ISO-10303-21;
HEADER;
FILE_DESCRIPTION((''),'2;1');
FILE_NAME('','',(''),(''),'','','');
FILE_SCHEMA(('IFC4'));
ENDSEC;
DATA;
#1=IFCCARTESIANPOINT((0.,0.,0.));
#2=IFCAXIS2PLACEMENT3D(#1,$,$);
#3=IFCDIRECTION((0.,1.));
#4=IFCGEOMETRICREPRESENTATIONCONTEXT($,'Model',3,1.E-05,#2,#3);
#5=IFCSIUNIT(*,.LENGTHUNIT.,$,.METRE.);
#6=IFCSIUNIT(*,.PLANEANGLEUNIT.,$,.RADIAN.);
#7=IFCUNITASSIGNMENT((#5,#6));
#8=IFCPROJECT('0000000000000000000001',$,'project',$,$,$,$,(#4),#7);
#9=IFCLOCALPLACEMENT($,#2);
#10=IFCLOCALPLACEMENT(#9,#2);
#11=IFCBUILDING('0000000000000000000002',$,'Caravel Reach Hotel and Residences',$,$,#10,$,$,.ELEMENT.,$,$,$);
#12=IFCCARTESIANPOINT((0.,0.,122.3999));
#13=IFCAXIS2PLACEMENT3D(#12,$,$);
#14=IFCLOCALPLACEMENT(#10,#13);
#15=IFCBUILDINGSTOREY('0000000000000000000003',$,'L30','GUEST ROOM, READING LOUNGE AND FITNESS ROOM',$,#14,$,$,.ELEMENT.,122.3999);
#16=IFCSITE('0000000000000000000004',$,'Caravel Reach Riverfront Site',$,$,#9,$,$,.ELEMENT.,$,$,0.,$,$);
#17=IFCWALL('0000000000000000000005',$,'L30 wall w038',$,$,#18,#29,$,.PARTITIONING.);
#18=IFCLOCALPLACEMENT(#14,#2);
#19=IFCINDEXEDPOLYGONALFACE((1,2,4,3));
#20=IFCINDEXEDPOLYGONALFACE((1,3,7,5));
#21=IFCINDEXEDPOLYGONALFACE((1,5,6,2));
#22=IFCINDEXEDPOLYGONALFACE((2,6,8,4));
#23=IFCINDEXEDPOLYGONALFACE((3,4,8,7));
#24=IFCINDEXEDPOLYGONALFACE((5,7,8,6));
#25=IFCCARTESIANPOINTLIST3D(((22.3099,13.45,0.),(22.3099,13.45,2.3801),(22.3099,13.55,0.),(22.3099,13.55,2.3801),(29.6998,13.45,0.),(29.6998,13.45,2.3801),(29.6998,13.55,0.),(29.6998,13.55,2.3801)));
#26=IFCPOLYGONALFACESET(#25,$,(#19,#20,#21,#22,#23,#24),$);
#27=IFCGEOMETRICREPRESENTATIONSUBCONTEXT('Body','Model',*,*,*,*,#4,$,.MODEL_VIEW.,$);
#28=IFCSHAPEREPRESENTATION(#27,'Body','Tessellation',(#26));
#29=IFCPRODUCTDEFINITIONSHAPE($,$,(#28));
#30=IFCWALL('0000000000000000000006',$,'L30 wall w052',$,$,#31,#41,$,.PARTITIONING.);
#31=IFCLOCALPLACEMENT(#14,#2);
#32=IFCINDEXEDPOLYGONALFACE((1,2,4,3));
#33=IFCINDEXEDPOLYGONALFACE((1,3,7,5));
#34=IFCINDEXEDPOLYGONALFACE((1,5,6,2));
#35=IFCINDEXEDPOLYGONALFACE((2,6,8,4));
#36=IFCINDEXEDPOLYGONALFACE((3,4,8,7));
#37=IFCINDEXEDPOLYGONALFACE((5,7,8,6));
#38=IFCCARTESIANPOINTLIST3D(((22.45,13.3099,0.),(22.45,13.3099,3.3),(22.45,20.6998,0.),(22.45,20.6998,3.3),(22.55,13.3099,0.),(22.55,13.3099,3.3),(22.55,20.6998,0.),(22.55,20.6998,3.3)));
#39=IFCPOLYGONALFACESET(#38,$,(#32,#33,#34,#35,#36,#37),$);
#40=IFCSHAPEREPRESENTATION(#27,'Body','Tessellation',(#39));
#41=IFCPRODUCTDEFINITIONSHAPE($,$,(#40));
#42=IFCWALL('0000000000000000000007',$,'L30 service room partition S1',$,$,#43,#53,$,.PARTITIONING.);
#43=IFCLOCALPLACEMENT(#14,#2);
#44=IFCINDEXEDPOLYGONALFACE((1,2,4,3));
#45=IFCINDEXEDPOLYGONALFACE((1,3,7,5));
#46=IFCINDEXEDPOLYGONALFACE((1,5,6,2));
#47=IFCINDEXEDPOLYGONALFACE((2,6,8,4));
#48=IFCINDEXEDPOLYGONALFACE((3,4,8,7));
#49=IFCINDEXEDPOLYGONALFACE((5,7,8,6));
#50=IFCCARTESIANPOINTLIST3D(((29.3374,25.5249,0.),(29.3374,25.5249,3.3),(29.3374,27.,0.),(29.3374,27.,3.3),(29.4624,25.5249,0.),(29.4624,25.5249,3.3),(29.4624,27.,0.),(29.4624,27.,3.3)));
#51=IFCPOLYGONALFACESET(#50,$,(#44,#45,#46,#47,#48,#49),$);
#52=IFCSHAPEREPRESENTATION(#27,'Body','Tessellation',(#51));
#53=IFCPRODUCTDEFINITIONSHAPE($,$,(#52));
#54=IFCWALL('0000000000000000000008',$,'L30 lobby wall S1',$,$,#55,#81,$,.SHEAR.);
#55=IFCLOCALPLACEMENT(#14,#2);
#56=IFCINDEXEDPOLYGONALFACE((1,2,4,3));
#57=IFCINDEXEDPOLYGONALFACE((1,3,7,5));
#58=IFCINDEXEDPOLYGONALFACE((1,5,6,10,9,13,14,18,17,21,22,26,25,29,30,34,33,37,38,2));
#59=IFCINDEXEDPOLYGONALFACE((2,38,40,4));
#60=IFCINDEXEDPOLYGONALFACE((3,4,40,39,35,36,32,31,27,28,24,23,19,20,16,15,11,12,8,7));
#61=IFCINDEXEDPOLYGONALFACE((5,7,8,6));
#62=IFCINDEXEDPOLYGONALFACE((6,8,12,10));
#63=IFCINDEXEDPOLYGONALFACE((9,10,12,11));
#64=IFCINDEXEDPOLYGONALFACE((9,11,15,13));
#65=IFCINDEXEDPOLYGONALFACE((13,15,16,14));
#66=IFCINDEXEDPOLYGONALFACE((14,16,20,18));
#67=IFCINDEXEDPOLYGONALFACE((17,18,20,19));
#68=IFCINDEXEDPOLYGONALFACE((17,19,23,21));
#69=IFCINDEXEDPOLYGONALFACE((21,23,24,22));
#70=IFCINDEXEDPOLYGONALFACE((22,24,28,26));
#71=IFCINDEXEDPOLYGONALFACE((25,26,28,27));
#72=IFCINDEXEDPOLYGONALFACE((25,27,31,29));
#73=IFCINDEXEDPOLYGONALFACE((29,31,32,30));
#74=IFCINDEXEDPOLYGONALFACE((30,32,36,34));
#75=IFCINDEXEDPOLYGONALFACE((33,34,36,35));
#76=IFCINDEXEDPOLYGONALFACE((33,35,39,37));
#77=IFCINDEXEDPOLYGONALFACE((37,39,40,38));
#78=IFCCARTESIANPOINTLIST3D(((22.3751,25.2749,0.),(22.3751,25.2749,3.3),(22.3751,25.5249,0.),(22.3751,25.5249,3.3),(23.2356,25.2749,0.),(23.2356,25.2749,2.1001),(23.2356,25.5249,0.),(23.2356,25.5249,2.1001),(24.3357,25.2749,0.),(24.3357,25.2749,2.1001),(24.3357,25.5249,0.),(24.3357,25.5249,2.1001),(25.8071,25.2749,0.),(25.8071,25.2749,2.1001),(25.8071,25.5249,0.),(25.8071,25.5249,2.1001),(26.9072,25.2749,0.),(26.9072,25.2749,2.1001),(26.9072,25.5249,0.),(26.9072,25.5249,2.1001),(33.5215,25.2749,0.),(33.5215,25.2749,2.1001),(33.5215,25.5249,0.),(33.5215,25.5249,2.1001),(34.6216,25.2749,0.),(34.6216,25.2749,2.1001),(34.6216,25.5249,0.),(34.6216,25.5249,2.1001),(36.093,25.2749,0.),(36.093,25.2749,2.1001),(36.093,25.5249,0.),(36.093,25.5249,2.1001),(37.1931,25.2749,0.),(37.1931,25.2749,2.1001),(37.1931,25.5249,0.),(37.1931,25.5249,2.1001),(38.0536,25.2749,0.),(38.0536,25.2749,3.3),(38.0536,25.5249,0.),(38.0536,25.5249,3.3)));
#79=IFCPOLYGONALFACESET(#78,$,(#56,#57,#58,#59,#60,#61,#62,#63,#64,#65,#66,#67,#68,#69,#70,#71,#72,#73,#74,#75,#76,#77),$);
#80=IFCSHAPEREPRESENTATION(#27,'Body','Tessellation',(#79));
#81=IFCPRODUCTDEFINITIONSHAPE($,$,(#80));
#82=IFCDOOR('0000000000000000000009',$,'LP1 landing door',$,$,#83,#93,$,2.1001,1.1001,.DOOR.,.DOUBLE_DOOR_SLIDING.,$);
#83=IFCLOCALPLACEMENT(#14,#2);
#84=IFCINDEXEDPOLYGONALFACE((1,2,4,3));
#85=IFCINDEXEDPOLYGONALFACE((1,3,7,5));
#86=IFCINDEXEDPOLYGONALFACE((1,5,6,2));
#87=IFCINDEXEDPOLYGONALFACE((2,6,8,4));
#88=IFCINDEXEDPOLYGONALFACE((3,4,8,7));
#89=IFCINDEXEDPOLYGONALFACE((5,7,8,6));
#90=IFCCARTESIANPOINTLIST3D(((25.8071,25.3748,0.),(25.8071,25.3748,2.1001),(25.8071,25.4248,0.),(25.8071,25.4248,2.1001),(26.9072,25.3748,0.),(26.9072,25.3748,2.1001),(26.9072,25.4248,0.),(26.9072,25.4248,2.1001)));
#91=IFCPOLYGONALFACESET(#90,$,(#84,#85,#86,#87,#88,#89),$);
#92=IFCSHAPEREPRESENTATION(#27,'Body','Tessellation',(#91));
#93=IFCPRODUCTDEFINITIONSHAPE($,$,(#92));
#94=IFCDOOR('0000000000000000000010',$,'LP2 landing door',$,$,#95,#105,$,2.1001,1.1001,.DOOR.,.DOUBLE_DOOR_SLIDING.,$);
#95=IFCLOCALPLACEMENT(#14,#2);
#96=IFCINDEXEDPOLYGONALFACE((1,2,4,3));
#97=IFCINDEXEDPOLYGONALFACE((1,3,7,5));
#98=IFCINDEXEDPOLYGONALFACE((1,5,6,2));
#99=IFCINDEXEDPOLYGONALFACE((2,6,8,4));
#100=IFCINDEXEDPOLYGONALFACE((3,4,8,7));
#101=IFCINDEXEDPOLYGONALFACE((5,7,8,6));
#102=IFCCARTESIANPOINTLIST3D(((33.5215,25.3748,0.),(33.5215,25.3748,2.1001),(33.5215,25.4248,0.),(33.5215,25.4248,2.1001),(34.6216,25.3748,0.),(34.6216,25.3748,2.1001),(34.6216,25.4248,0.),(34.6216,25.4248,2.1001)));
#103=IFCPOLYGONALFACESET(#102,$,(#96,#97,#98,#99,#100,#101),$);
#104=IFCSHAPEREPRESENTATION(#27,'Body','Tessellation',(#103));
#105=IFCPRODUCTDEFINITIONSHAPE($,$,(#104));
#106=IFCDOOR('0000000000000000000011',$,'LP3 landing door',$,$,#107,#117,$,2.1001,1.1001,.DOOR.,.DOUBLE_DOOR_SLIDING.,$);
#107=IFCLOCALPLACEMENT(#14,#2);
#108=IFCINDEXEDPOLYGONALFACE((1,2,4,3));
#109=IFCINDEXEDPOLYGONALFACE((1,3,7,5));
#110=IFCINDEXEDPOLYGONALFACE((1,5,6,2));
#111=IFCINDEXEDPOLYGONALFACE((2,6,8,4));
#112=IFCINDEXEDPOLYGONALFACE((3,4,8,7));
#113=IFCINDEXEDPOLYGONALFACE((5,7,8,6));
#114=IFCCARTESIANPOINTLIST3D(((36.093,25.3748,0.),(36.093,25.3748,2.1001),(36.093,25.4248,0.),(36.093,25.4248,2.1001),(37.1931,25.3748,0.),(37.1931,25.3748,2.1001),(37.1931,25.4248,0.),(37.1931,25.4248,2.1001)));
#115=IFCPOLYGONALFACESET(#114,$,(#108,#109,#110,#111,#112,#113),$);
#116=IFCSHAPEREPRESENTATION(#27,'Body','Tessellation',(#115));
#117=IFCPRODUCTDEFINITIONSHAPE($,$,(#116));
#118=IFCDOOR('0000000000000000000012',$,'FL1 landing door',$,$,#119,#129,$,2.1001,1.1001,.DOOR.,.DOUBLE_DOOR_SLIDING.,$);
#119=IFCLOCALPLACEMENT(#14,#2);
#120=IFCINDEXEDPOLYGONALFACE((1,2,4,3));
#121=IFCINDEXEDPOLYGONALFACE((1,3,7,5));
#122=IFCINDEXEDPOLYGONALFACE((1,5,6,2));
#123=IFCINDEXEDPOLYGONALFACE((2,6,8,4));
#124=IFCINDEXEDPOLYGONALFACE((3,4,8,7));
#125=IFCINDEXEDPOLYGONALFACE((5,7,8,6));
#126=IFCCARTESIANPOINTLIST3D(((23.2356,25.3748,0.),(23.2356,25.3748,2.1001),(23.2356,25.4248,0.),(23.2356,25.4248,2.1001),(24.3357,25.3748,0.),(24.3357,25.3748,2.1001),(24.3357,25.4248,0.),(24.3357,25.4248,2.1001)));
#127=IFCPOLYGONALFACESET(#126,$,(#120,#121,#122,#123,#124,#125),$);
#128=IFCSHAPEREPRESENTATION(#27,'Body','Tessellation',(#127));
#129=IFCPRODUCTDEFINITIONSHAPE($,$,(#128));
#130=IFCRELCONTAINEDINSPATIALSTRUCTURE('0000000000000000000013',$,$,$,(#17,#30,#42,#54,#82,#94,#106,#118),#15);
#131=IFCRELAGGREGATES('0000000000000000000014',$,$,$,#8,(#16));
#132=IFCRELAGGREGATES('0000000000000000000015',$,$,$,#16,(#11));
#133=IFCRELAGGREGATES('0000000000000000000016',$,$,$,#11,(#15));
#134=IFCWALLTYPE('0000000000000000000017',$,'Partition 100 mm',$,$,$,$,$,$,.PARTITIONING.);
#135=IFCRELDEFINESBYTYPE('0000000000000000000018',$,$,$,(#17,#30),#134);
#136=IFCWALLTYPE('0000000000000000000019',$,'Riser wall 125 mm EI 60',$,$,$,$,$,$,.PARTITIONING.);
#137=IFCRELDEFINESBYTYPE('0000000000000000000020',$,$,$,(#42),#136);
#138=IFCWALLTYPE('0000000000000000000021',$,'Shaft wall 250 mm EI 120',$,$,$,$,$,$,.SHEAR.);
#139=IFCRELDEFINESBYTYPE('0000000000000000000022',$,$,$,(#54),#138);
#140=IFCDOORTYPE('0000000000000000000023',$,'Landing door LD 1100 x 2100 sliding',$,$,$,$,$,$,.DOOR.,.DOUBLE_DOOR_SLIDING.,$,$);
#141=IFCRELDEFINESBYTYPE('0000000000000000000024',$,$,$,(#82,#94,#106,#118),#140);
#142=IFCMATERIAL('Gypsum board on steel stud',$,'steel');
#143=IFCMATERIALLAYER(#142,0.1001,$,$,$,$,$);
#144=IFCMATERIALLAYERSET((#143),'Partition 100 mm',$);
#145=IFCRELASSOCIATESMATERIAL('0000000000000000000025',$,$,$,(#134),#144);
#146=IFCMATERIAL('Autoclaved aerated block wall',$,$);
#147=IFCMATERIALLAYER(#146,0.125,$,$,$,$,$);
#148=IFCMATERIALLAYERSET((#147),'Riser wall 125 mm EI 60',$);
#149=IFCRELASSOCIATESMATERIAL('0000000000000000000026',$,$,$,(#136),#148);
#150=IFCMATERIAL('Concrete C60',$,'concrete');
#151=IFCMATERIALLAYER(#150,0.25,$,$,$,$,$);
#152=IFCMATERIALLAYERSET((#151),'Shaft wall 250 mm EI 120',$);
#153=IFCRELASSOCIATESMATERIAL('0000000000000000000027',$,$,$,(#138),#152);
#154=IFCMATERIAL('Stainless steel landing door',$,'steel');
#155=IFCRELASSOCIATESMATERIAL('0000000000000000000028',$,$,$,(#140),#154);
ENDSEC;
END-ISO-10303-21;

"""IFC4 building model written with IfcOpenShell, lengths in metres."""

from ifc_helpers import new_model, si_unit, direction, frame, frame_2d, origin, place, context, subcontext, project, spatial, rectangle, extrude, material, layer, layer_set, type_object, element, fill, save


model = new_model("IFC4")

# Units and contexts
model_context = context("Model", 3, precision=1e-05, world=origin(), true_north=direction((0.0, 1.0)))
body_context = subcontext(model_context, "Body", "Model", "MODEL_VIEW")
ifc_project = project(units=[si_unit("LENGTHUNIT", "METRE"), si_unit("PLANEANGLEUNIT", "RADIAN")], contexts=[model_context])

# Site, building, storey
site_placement = place(None, origin())
site = spatial("IfcSite", under=ifc_project, at=site_placement, Name="Caravel Reach Riverfront Site", CompositionType="ELEMENT", RefElevation=0.0)
building_placement = place(site_placement, origin())
building = spatial("IfcBuilding", under=site, at=building_placement, Name="Caravel Reach Hotel and Residences", CompositionType="ELEMENT")
storey_placement = place(building_placement, frame((0.0, 0.0, 122.3999)))
storey = spatial("IfcBuildingStorey", under=building, at=storey_placement, Name="L30", Description="GUEST ROOM, READING LOUNGE AND FITNESS ROOM", CompositionType="ELEMENT", Elevation=122.3999)

# Walls
ifc_material_1 = material(Name="Gypsum board on steel stud", Category="steel")
ifc_layer_1 = layer(ifc_material_1, 0.1001)
ifc_layer_set_1 = layer_set([ifc_layer_1], Name="Partition 100 mm")
wall_type_1 = type_object("IfcWallType", Name="Partition 100 mm", PredefinedType="PARTITIONING", material=ifc_layer_set_1)
wall_1_placement = place(storey_placement, frame((22.3101, 13.5, 0.0), z_axis=(0.0, 0.0, 1.0), x_axis=(1.0, 0.0, 0.0)))
element("IfcWall", 1, at=wall_1_placement, inside=storey, type_object=wall_type_1, Name="L30 wall w038", PredefinedType="PARTITIONING", context=body_context, shape_type="SweptSolid", body=[
    extrude(rectangle(XDim=7.3899, YDim=0.1001, at=frame_2d((3.6948, 0.0))), origin(), (0.0, 0.0, 1.0), 2.3801),
])
wall_2_placement = place(storey_placement, frame((22.5, 13.3101, 0.0), z_axis=(0.0, 0.0, 1.0), x_axis=(0.0, 1.0, 0.0)))
element("IfcWall", 2, at=wall_2_placement, inside=storey, type_object=wall_type_1, Name="L30 wall w052", PredefinedType="PARTITIONING", context=body_context, shape_type="SweptSolid", body=[
    extrude(rectangle(XDim=7.3899, YDim=0.1001, at=frame_2d((3.6948, 0.0))), origin(), (0.0, 0.0, 1.0), 3.3),
])
ifc_material_2 = material(Name="Autoclaved aerated block wall")
ifc_layer_2 = layer(ifc_material_2, 0.125)
ifc_layer_set_2 = layer_set([ifc_layer_2], Name="Riser wall 125 mm EI 60")
wall_type_2 = type_object("IfcWallType", Name="Riser wall 125 mm EI 60", PredefinedType="PARTITIONING", material=ifc_layer_set_2)
wall_3_placement = place(storey_placement, frame((29.3999, 25.5249, 0.0), z_axis=(0.0, 0.0, 1.0), x_axis=(0.0, 1.0, 0.0)))
element("IfcWall", 3, at=wall_3_placement, inside=storey, type_object=wall_type_2, Name="L30 service room partition S1", PredefinedType="PARTITIONING", context=body_context, shape_type="SweptSolid", body=[
    extrude(rectangle(XDim=1.4751, YDim=0.125, at=frame_2d((0.7375, 0.0))), origin(), (0.0, 0.0, 1.0), 3.3),
])

# Wall, openings, doors
ifc_material_3 = material(Name="Concrete C60", Category="concrete")
ifc_layer_3 = layer(ifc_material_3, 0.25)
ifc_layer_set_3 = layer_set([ifc_layer_3], Name="Shaft wall 250 mm EI 120")
wall_type_3 = type_object("IfcWallType", Name="Shaft wall 250 mm EI 120", PredefinedType="SHEAR", material=ifc_layer_set_3)
wall_4_placement = place(storey_placement, frame((22.375, 25.3999, 0.0), z_axis=(0.0, 0.0, 1.0), x_axis=(1.0, 0.0, 0.0)))
wall_4 = element("IfcWall", 4, at=wall_4_placement, inside=storey, type_object=wall_type_3, Name="L30 lobby wall S1", PredefinedType="SHEAR", context=body_context, shape_type="SweptSolid", body=[
    extrude(rectangle(XDim=15.6785, YDim=0.25, at=frame_2d((7.8394, 0.0))), origin(), (0.0, 0.0, 1.0), 3.3),
])
opening_1_placement = place(wall_4_placement, frame((3.4321, 0.0, 0.0)))
opening_1 = element("IfcOpeningElement", 5, at=opening_1_placement, cuts=wall_4, PredefinedType="OPENING", context=body_context, shape_type="SweptSolid", body=[
    extrude(rectangle(XDim=1.1001, YDim=2.1001, at=frame_2d((0.55, 1.05))), frame((0.0, 0.135, 0.0), z_axis=(0.0, -1.0, 0.0), x_axis=(1.0, 0.0, 0.0)), (0.0, 0.0, 1.0), 0.27),
])
opening_2_placement = place(wall_4_placement, frame((11.1465, 0.0, 0.0)))
opening_2 = element("IfcOpeningElement", 6, at=opening_2_placement, cuts=wall_4, PredefinedType="OPENING", context=body_context, shape_type="SweptSolid", body=[
    extrude(rectangle(XDim=1.1001, YDim=2.1001, at=frame_2d((0.55, 1.05))), frame((0.0, 0.135, 0.0), z_axis=(0.0, -1.0, 0.0), x_axis=(1.0, 0.0, 0.0)), (0.0, 0.0, 1.0), 0.27),
])
opening_3_placement = place(wall_4_placement, frame((13.718, 0.0, 0.0)))
opening_3 = element("IfcOpeningElement", 7, at=opening_3_placement, cuts=wall_4, PredefinedType="OPENING", context=body_context, shape_type="SweptSolid", body=[
    extrude(rectangle(XDim=1.1001, YDim=2.1001, at=frame_2d((0.55, 1.05))), frame((0.0, 0.135, 0.0), z_axis=(0.0, -1.0, 0.0), x_axis=(1.0, 0.0, 0.0)), (0.0, 0.0, 1.0), 0.27),
])
opening_4_placement = place(wall_4_placement, frame((0.8606, 0.0, 0.0)))
opening_4 = element("IfcOpeningElement", 8, at=opening_4_placement, cuts=wall_4, PredefinedType="OPENING", context=body_context, shape_type="SweptSolid", body=[
    extrude(rectangle(XDim=1.1001, YDim=2.1001, at=frame_2d((0.55, 1.05))), frame((0.0, 0.135, 0.0), z_axis=(0.0, -1.0, 0.0), x_axis=(1.0, 0.0, 0.0)), (0.0, 0.0, 1.0), 0.27),
])
ifc_material_4 = material(Name="Stainless steel landing door", Category="steel")
door_type_1 = type_object("IfcDoorType", Name="Landing door LD 1100 x 2100 sliding", OperationType="DOUBLE_DOOR_SLIDING", PredefinedType="DOOR", material=ifc_material_4)
door_1_placement = place(opening_1_placement, origin())
door_1 = element("IfcDoor", 9, at=door_1_placement, inside=storey, type_object=door_type_1, Name="LP1 landing door", OperationType="DOUBLE_DOOR_SLIDING", OverallHeight=2.1001, OverallWidth=1.1001, PredefinedType="DOOR", context=body_context, shape_type="SweptSolid", body=[
    extrude(rectangle(XDim=1.1001, YDim=2.1001, at=frame_2d((0.55, 1.05))), frame((0.0, 0.0249, 0.0), z_axis=(0.0, -1.0, 0.0), x_axis=(1.0, 0.0, 0.0)), (0.0, 0.0, 1.0), 0.05),
])
fill(opening_1, door_1)
door_2_placement = place(opening_2_placement, origin())
door_2 = element("IfcDoor", 10, at=door_2_placement, inside=storey, type_object=door_type_1, Name="LP2 landing door", OperationType="DOUBLE_DOOR_SLIDING", OverallHeight=2.1001, OverallWidth=1.1001, PredefinedType="DOOR", context=body_context, shape_type="SweptSolid", body=[
    extrude(rectangle(XDim=1.1001, YDim=2.1001, at=frame_2d((0.55, 1.05))), frame((0.0, 0.0249, 0.0), z_axis=(0.0, -1.0, 0.0), x_axis=(1.0, 0.0, 0.0)), (0.0, 0.0, 1.0), 0.05),
])
fill(opening_2, door_2)
door_3_placement = place(opening_3_placement, origin())
door_3 = element("IfcDoor", 11, at=door_3_placement, inside=storey, type_object=door_type_1, Name="LP3 landing door", OperationType="DOUBLE_DOOR_SLIDING", OverallHeight=2.1001, OverallWidth=1.1001, PredefinedType="DOOR", context=body_context, shape_type="SweptSolid", body=[
    extrude(rectangle(XDim=1.1001, YDim=2.1001, at=frame_2d((0.55, 1.05))), frame((0.0, 0.0249, 0.0), z_axis=(0.0, -1.0, 0.0), x_axis=(1.0, 0.0, 0.0)), (0.0, 0.0, 1.0), 0.05),
])
fill(opening_3, door_3)
door_4_placement = place(opening_4_placement, origin())
door_4 = element("IfcDoor", 12, at=door_4_placement, inside=storey, type_object=door_type_1, Name="FL1 landing door", OperationType="DOUBLE_DOOR_SLIDING", OverallHeight=2.1001, OverallWidth=1.1001, PredefinedType="DOOR", context=body_context, shape_type="SweptSolid", body=[
    extrude(rectangle(XDim=1.1001, YDim=2.1001, at=frame_2d((0.55, 1.05))), frame((0.0, 0.0249, 0.0), z_axis=(0.0, -1.0, 0.0), x_axis=(1.0, 0.0, 0.0)), (0.0, 0.0, 1.0), 0.05),
])
fill(opening_4, door_4)

save(model, "model.ifc")
